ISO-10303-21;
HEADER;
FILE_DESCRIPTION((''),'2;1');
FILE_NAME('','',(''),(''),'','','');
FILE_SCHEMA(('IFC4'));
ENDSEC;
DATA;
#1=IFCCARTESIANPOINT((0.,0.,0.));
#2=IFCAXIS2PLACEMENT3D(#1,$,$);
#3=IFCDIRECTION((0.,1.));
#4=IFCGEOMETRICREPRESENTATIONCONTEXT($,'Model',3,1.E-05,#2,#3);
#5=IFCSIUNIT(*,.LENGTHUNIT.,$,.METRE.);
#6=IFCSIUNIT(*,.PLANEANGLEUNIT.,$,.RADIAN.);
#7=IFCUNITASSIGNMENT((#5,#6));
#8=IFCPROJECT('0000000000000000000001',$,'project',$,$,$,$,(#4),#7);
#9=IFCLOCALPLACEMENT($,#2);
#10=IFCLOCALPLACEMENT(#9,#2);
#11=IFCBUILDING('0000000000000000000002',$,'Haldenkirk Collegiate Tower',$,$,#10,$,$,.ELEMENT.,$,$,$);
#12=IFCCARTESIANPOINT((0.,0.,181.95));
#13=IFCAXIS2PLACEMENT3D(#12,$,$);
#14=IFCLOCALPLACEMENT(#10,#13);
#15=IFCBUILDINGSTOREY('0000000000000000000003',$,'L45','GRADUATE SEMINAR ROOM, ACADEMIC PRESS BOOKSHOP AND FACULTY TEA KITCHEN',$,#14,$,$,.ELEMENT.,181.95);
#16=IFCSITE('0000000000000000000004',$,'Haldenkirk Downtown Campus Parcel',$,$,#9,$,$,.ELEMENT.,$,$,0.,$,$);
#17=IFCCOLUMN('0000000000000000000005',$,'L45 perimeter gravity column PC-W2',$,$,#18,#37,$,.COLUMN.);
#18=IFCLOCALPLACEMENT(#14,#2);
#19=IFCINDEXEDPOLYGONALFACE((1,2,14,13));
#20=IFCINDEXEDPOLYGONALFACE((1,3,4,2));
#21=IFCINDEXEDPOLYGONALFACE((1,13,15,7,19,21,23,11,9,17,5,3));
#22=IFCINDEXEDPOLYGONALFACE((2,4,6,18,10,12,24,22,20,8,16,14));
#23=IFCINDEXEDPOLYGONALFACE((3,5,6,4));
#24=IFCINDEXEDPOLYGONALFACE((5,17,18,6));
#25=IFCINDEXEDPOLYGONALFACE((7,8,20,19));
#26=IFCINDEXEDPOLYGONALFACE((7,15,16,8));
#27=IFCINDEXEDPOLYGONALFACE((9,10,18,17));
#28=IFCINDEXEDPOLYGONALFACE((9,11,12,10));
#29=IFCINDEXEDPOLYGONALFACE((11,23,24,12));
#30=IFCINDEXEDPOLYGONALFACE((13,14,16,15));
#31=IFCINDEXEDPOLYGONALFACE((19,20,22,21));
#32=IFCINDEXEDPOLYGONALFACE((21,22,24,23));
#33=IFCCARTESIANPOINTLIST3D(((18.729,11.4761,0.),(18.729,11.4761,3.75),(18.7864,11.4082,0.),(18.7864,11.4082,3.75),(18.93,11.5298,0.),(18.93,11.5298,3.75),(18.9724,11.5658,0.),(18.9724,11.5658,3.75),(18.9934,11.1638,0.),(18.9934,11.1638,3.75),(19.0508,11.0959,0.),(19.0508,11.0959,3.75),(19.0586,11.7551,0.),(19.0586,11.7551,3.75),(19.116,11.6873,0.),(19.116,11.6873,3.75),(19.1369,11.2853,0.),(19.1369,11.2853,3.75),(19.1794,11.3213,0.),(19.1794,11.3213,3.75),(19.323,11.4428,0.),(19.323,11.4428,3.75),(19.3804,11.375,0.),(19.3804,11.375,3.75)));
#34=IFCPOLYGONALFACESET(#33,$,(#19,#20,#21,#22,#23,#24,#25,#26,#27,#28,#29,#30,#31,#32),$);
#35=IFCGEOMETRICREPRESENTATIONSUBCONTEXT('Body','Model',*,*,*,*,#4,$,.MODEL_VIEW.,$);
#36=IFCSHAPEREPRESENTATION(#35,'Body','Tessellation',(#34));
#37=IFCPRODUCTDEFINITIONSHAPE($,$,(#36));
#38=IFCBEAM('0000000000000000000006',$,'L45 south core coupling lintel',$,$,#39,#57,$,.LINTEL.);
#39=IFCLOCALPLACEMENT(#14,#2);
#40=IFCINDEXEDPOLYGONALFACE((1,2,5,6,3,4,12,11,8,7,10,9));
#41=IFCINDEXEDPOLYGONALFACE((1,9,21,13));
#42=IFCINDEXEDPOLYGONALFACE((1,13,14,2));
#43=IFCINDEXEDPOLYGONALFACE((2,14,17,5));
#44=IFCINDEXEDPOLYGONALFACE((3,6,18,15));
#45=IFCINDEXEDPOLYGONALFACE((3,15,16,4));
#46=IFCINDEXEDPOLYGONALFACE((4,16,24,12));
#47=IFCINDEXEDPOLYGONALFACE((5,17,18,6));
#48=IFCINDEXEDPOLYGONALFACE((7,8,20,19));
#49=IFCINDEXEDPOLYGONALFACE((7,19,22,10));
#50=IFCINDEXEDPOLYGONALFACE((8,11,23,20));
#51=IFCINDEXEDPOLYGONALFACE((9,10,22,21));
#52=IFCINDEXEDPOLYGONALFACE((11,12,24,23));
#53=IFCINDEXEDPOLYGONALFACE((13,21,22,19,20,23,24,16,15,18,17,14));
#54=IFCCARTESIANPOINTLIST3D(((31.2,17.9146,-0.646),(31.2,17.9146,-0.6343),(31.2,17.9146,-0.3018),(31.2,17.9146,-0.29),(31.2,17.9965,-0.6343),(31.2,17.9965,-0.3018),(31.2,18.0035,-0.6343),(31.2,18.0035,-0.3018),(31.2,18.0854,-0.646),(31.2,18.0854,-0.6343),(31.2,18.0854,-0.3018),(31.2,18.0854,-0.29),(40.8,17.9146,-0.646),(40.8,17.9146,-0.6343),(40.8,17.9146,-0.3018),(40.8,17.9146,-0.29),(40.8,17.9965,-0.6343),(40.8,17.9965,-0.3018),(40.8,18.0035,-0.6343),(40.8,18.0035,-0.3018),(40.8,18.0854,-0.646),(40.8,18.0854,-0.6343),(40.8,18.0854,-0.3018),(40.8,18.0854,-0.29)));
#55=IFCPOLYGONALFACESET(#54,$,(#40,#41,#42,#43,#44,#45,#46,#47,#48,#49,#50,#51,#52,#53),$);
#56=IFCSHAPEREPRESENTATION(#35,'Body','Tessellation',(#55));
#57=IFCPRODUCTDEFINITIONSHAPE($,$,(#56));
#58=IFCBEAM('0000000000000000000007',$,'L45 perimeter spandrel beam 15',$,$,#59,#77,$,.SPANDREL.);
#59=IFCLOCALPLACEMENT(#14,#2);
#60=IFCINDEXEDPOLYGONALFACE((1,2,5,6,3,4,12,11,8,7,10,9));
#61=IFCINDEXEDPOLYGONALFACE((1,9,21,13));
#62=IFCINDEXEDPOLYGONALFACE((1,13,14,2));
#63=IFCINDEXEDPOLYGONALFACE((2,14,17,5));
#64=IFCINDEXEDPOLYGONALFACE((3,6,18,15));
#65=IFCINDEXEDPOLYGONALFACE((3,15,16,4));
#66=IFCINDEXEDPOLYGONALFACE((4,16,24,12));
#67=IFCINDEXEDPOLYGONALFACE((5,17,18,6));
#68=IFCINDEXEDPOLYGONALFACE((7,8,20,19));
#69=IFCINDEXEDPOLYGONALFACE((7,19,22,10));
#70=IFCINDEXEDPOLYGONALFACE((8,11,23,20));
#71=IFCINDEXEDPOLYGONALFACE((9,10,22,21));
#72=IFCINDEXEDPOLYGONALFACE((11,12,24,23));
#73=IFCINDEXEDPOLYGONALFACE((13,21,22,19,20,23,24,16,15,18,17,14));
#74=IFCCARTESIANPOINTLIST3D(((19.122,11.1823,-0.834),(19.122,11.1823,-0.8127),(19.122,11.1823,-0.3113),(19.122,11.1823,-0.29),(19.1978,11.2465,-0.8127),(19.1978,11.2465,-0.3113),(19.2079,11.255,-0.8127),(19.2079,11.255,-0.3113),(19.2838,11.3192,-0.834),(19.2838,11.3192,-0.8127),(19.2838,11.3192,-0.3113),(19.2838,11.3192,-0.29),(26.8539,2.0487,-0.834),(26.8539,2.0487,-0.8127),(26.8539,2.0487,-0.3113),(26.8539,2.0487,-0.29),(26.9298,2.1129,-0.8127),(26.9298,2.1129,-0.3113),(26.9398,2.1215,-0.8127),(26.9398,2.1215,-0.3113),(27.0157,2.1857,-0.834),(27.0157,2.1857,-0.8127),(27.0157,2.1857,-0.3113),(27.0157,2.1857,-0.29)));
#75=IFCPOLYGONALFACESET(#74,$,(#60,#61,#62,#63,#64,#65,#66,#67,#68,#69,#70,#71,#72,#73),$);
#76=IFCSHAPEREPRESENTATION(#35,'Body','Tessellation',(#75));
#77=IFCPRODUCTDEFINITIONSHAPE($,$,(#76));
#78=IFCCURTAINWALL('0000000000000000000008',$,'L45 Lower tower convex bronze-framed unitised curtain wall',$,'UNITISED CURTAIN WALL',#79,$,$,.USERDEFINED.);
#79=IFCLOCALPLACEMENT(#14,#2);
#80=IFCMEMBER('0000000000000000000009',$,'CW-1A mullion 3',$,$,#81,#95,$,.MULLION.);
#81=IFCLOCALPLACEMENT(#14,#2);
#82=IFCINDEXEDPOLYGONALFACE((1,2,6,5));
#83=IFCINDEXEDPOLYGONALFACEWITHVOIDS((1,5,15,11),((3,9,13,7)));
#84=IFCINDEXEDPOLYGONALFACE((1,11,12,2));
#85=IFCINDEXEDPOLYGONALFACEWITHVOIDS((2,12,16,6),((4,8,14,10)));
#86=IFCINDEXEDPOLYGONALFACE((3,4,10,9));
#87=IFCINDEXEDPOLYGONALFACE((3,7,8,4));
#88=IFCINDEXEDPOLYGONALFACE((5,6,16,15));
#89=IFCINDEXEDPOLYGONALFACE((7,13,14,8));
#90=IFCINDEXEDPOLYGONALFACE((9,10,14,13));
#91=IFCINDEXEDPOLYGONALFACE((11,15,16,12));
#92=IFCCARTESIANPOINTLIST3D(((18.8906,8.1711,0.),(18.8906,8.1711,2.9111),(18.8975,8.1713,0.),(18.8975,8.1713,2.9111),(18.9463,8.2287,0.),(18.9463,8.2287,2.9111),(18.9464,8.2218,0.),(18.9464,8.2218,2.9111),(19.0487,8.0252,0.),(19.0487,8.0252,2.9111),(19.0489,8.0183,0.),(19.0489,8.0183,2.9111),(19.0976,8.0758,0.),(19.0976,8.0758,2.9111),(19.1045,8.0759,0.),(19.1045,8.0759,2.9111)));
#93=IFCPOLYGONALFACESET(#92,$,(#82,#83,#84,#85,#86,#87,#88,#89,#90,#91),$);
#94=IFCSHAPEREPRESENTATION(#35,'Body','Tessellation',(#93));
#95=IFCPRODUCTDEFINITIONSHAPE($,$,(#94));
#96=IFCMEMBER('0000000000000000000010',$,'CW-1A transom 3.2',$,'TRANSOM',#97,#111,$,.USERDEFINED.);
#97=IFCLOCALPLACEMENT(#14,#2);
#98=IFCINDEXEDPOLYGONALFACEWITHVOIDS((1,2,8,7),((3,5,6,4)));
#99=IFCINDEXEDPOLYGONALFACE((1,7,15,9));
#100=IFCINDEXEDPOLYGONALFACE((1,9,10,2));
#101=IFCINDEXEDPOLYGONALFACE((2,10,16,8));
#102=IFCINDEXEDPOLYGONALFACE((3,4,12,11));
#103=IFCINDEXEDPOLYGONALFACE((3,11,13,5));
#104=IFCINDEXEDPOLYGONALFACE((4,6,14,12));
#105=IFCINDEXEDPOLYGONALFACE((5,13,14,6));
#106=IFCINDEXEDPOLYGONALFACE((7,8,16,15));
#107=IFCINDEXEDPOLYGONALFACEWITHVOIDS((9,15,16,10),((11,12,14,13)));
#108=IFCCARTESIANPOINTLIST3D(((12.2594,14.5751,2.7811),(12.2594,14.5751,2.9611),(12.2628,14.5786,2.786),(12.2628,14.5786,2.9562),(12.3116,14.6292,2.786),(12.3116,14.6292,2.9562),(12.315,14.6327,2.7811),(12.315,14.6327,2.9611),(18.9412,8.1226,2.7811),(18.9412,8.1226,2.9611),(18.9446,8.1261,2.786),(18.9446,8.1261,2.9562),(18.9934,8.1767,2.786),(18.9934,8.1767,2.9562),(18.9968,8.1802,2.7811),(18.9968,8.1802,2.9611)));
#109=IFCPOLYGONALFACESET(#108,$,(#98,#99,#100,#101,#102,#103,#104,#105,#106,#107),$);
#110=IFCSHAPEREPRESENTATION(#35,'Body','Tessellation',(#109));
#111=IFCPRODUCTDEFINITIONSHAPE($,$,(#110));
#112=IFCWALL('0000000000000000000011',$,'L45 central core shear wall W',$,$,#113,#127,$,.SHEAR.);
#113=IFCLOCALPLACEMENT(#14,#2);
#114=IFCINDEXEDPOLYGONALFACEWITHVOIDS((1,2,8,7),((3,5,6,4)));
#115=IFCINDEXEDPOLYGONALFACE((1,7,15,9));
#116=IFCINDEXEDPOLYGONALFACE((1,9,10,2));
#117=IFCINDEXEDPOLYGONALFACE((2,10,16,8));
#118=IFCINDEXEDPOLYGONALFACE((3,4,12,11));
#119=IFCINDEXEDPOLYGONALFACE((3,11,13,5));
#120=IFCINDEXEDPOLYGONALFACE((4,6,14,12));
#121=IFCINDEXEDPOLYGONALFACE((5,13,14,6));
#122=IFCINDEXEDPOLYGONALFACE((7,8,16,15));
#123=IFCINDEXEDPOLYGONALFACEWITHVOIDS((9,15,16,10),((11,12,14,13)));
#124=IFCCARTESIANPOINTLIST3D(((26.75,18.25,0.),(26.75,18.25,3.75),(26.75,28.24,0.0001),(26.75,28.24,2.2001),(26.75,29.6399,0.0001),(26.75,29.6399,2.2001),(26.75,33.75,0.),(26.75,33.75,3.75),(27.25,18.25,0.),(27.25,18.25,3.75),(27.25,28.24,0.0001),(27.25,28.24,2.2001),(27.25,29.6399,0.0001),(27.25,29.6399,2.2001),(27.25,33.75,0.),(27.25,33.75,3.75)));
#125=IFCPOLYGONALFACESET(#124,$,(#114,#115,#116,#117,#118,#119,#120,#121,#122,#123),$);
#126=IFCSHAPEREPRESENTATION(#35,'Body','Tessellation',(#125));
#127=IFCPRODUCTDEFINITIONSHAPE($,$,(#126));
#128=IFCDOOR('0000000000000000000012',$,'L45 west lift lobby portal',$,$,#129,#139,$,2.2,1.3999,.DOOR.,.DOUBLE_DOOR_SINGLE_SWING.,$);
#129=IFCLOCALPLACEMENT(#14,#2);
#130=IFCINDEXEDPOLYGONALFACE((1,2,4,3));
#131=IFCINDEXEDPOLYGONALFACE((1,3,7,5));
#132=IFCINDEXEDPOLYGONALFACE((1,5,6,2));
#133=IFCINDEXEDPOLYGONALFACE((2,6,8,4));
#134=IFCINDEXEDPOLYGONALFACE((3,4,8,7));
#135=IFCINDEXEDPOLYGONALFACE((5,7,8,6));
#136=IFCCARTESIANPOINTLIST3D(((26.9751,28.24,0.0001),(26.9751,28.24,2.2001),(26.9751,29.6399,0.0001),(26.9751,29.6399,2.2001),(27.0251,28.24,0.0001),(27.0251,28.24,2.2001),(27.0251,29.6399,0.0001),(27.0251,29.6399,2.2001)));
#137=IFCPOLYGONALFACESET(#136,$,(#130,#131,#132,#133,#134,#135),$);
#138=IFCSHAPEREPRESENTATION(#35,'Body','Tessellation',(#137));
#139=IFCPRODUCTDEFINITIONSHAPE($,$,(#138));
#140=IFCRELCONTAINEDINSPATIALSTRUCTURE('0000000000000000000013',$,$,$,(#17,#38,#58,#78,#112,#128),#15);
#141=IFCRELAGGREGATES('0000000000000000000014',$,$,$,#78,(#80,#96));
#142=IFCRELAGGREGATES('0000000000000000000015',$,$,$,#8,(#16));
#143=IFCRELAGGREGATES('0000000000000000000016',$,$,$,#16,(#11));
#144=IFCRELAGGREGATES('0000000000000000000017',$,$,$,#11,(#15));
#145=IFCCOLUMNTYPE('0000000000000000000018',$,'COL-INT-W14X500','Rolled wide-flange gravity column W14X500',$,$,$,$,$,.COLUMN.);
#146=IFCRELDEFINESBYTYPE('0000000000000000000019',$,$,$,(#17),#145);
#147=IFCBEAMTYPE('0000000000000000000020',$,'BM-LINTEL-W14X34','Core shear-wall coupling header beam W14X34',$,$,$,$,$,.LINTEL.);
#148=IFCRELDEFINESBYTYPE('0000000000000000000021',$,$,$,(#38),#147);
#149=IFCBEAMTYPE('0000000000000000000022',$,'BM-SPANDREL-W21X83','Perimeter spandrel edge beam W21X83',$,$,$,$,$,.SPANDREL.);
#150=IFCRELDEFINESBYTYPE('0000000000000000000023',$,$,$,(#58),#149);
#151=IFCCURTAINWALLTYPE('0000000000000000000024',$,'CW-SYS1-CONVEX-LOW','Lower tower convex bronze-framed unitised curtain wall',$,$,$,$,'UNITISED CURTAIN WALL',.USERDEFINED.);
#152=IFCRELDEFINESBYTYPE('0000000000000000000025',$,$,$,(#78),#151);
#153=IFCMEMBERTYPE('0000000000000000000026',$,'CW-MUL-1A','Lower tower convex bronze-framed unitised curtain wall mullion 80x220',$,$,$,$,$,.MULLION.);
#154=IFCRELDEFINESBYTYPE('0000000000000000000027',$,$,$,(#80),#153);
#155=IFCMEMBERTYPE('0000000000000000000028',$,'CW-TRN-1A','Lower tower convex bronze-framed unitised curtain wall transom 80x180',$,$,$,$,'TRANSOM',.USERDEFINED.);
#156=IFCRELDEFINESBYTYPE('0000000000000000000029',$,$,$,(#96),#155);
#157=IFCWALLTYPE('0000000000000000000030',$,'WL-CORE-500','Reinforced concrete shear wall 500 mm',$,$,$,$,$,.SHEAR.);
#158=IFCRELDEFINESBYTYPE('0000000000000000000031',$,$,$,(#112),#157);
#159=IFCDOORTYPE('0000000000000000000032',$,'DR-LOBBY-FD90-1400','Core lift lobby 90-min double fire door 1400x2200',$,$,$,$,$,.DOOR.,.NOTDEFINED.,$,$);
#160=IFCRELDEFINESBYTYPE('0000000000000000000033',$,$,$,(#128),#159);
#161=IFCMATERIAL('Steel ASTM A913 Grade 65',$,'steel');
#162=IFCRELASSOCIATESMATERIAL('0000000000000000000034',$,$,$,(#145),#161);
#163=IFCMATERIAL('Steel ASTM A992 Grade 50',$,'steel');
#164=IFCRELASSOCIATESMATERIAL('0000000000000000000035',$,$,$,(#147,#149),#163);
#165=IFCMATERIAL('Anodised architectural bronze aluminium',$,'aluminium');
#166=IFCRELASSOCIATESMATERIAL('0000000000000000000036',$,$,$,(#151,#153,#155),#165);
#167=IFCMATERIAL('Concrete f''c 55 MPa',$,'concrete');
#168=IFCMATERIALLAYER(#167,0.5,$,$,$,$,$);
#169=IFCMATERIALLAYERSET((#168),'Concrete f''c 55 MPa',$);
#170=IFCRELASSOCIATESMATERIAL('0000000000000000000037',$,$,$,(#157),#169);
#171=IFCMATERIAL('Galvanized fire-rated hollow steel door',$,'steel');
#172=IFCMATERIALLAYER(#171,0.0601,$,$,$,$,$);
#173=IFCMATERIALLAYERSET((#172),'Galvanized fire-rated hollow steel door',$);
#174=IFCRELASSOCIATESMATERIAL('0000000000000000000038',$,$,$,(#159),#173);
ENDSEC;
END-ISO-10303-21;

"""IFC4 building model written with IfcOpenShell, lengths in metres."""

from ifc_helpers import new_model, si_unit, direction, frame, frame_2d, origin, origin_2d, place, context, subcontext, project, spatial, rectangle, hollow_rectangle, i_section, extrude, material, layer, layer_set, material_profile, profile_set, type_object, element, fill, aggregate, save


model = new_model("IFC4")

# Units and contexts
model_context = context("Model", 3, precision=1e-05, world=origin(), true_north=direction((0.0, 1.0)))
body_context = subcontext(model_context, "Body", "Model", "MODEL_VIEW")
ifc_project = project(units=[si_unit("LENGTHUNIT", "METRE"), si_unit("PLANEANGLEUNIT", "RADIAN")], contexts=[model_context])

# Site, building, storey
site_placement = place(None, origin())
site = spatial("IfcSite", under=ifc_project, at=site_placement, Name="Haldenkirk Downtown Campus Parcel", CompositionType="ELEMENT", RefElevation=0.0)
building_placement = place(site_placement, origin())
building = spatial("IfcBuilding", under=site, at=building_placement, Name="Haldenkirk Collegiate Tower", CompositionType="ELEMENT")
storey_placement = place(building_placement, frame((0.0, 0.0, 181.95)))
storey = spatial("IfcBuildingStorey", under=building, at=storey_placement, Name="L45", Description="GRADUATE SEMINAR ROOM, ACADEMIC PRESS BOOKSHOP AND FACULTY TEA KITCHEN", CompositionType="ELEMENT", Elevation=181.95)

# Column
ifc_material_1 = material(Name="Steel ASTM A913 Grade 65", Category="steel")
ifc_material_profile_1 = material_profile(ifc_material_1, i_section(OverallWidth=0.4319, OverallDepth=0.498, WebThickness=0.0557, FlangeThickness=0.0889, at=origin_2d()), Name="W14X500")
ifc_profile_set_1 = profile_set([ifc_material_profile_1], Name="Steel ASTM A913 Grade 65")
column_type = type_object("IfcColumnType", Name="COL-INT-W14X500", Description="Rolled wide-flange gravity column W14X500", PredefinedType="COLUMN", material=ifc_profile_set_1)
column_placement = place(storey_placement, frame((19.0547, 11.4255, 0.0), z_axis=(0.0, 0.0, 1.0), x_axis=(0.763232, 0.646124, 0.0)))
element("IfcColumn", 1, at=column_placement, inside=storey, type_object=column_type, Name="L45 perimeter gravity column PC-W2", PredefinedType="COLUMN", context=body_context, shape_type="SweptSolid", body=[
    extrude(i_section(OverallWidth=0.4319, OverallDepth=0.498, WebThickness=0.0557, FlangeThickness=0.0889, at=origin_2d()), origin(), (0.0, 0.0, 1.0), 3.75),
])

# Beams
ifc_material_2 = material(Name="Steel ASTM A992 Grade 50", Category="steel")
ifc_material_profile_2 = material_profile(ifc_material_2, i_section(OverallWidth=0.1709, OverallDepth=0.356, WebThickness=0.0071, FlangeThickness=0.0117, at=origin_2d()), Name="W14X34")
ifc_profile_set_2 = profile_set([ifc_material_profile_2], Name="Steel ASTM A992 Grade 50")
beam_type_1 = type_object("IfcBeamType", Name="BM-LINTEL-W14X34", Description="Core shear-wall coupling header beam W14X34", PredefinedType="LINTEL", material=ifc_profile_set_2)
beam_1_placement = place(storey_placement, frame((31.2, 18.0, -0.468), z_axis=(1.0, 0.0, 0.0), x_axis=(0.0, 1.0, 0.0)))
element("IfcBeam", 2, at=beam_1_placement, inside=storey, type_object=beam_type_1, Name="L45 south core coupling lintel", PredefinedType="LINTEL", context=body_context, shape_type="SweptSolid", body=[
    extrude(i_section(OverallWidth=0.1709, OverallDepth=0.356, WebThickness=0.0071, FlangeThickness=0.0117, at=origin_2d()), origin(), (0.0, 0.0, 1.0), 9.6001),
])
ifc_material_profile_3 = material_profile(ifc_material_2, i_section(OverallWidth=0.2119, OverallDepth=0.5439, WebThickness=0.0132, FlangeThickness=0.0212, at=origin_2d()), Name="W21X83")
ifc_profile_set_3 = profile_set([ifc_material_profile_3], Name="Steel ASTM A992 Grade 50")
beam_type_2 = type_object("IfcBeamType", Name="BM-SPANDREL-W21X83", Description="Perimeter spandrel edge beam W21X83", PredefinedType="SPANDREL", material=ifc_profile_set_3)
beam_2_placement = place(storey_placement, frame((19.2029, 11.2507, -0.562), z_axis=(0.646115, -0.76324, 0.0), x_axis=(0.76324, 0.646115, 0.0)))
element("IfcBeam", 3, at=beam_2_placement, inside=storey, type_object=beam_type_2, Name="L45 perimeter spandrel beam 15", PredefinedType="SPANDREL", context=body_context, shape_type="SweptSolid", body=[
    extrude(i_section(OverallWidth=0.2119, OverallDepth=0.5439, WebThickness=0.0132, FlangeThickness=0.0212, at=origin_2d()), origin(), (0.0, 0.0, 1.0), 11.9668),
])

# Curtain wall, members
ifc_material_3 = material(Name="Anodised architectural bronze aluminium", Category="aluminium")
curtain_wall_type = type_object("IfcCurtainWallType", Name="CW-SYS1-CONVEX-LOW", Description="Lower tower convex bronze-framed unitised curtain wall", ElementType="UNITISED CURTAIN WALL", PredefinedType="USERDEFINED", material=ifc_material_3)
curtain_wall_placement = place(storey_placement, origin())
curtain_wall = element("IfcCurtainWall", 4, at=curtain_wall_placement, inside=storey, type_object=curtain_wall_type, Name="L45 Lower tower convex bronze-framed unitised curtain wall", ObjectType="UNITISED CURTAIN WALL", PredefinedType="USERDEFINED")
ifc_material_profile_4 = material_profile(ifc_material_3, hollow_rectangle(XDim=0.0801, YDim=0.22, WallThickness=0.0049, at=origin_2d()), Name="CW-MUL-1A")
ifc_profile_set_4 = profile_set([ifc_material_profile_4], Name="Anodised architectural bronze aluminium")
member_type_1 = type_object("IfcMemberType", Name="CW-MUL-1A", Description="Lower tower convex bronze-framed unitised curtain wall mullion 80x220", PredefinedType="MULLION", material=ifc_profile_set_4)
member_1_placement = place(storey_placement, frame((18.9976, 8.1235, 0.0), z_axis=(0.0, 0.0, 1.0), x_axis=(-0.694658, -0.719341, 0.0)))
member_1 = element("IfcMember", 5, at=member_1_placement, type_object=member_type_1, Name="CW-1A mullion 3", PredefinedType="MULLION", context=body_context, shape_type="SweptSolid", body=[
    extrude(hollow_rectangle(XDim=0.0801, YDim=0.22, WallThickness=0.0049, at=origin_2d()), origin(), (0.0, 0.0, 1.0), 2.9111),
])
ifc_material_profile_5 = material_profile(ifc_material_3, hollow_rectangle(XDim=0.0801, YDim=0.1799, WallThickness=0.0049, at=origin_2d()), Name="CW-TRN-1A")
ifc_profile_set_5 = profile_set([ifc_material_profile_5], Name="Anodised architectural bronze aluminium")
member_type_2 = type_object("IfcMemberType", Name="CW-TRN-1A", Description="Lower tower convex bronze-framed unitised curtain wall transom 80x180", ElementType="TRANSOM", PredefinedType="USERDEFINED", material=ifc_profile_set_5)
member_2_placement = place(storey_placement, frame((18.969, 8.1514, 2.8711), z_axis=(-0.719339, 0.694659, 0.0), x_axis=(-0.694659, -0.719339, 0.0)))
member_2 = element("IfcMember", 6, at=member_2_placement, type_object=member_type_2, Name="CW-1A transom 3.2", ObjectType="TRANSOM", PredefinedType="USERDEFINED", context=body_context, shape_type="SweptSolid", body=[
    extrude(hollow_rectangle(XDim=0.0801, YDim=0.1799, WallThickness=0.0049, at=origin_2d()), origin(), (0.0, 0.0, 1.0), 9.2888),
])
aggregate(curtain_wall, [member_1, member_2])

# Shared definitions
ifc_material_4 = material(Name="Concrete f'c 55 MPa", Category="concrete")
ifc_layer_1 = layer(ifc_material_4, 0.5)
ifc_layer_set_1 = layer_set([ifc_layer_1], Name="Concrete f'c 55 MPa")
wall_type_1 = type_object("IfcWallType", Name="WL-CORE-500", Description="Reinforced concrete shear wall 500 mm", PredefinedType="SHEAR", material=ifc_layer_set_1)
ifc_material_5 = material(Name="Galvanized fire-rated hollow steel door", Category="steel")

# Wall, opening, door
wall_1_placement = place(storey_placement, frame((27.0, 18.25, 0.0), z_axis=(0.0, 0.0, 1.0), x_axis=(0.0, 1.0, 0.0)))
wall_1 = element("IfcWall", 7, at=wall_1_placement, inside=storey, type_object=wall_type_1, Name="L45 central core shear wall W", PredefinedType="SHEAR", context=body_context, shape_type="SweptSolid", body=[
    extrude(rectangle(XDim=15.5, YDim=0.5, at=frame_2d((7.75, 0.0))), origin(), (0.0, 0.0, 1.0), 3.75),
])
opening_1_placement = place(wall_1_placement, frame((9.99, 0.0, 0.0)))
opening_1 = element("IfcOpeningElement", 8, at=opening_1_placement, cuts=wall_1, PredefinedType="OPENING", context=body_context, shape_type="SweptSolid", body=[
    extrude(rectangle(XDim=1.3999, YDim=2.2, at=frame_2d((0.7, 1.1001))), frame((0.0, 0.26, 0.0), z_axis=(0.0, -1.0, 0.0), x_axis=(1.0, 0.0, 0.0)), (0.0, 0.0, 1.0), 0.52),
])
ifc_layer_2 = layer(ifc_material_5, 0.0601)
ifc_layer_set_2 = layer_set([ifc_layer_2], Name="Galvanized fire-rated hollow steel door")
door_type_1 = type_object("IfcDoorType", Name="DR-LOBBY-FD90-1400", Description="Core lift lobby 90-min double fire door 1400x2200", OperationType="NOTDEFINED", PredefinedType="DOOR", material=ifc_layer_set_2)
door_1_placement = place(opening_1_placement, origin())
door_1 = element("IfcDoor", 9, at=door_1_placement, inside=storey, type_object=door_type_1, Name="L45 west lift lobby portal", OperationType="DOUBLE_DOOR_SINGLE_SWING", OverallHeight=2.2, OverallWidth=1.3999, PredefinedType="DOOR", context=body_context, shape_type="SweptSolid", body=[
    extrude(rectangle(XDim=1.3999, YDim=2.2, at=frame_2d((0.7, 1.1001))), frame((0.0, 0.0249, 0.0), z_axis=(0.0, -1.0, 0.0), x_axis=(1.0, 0.0, 0.0)), (0.0, 0.0, 1.0), 0.05),
])
fill(opening_1, door_1)

save(model, "model.ifc")
